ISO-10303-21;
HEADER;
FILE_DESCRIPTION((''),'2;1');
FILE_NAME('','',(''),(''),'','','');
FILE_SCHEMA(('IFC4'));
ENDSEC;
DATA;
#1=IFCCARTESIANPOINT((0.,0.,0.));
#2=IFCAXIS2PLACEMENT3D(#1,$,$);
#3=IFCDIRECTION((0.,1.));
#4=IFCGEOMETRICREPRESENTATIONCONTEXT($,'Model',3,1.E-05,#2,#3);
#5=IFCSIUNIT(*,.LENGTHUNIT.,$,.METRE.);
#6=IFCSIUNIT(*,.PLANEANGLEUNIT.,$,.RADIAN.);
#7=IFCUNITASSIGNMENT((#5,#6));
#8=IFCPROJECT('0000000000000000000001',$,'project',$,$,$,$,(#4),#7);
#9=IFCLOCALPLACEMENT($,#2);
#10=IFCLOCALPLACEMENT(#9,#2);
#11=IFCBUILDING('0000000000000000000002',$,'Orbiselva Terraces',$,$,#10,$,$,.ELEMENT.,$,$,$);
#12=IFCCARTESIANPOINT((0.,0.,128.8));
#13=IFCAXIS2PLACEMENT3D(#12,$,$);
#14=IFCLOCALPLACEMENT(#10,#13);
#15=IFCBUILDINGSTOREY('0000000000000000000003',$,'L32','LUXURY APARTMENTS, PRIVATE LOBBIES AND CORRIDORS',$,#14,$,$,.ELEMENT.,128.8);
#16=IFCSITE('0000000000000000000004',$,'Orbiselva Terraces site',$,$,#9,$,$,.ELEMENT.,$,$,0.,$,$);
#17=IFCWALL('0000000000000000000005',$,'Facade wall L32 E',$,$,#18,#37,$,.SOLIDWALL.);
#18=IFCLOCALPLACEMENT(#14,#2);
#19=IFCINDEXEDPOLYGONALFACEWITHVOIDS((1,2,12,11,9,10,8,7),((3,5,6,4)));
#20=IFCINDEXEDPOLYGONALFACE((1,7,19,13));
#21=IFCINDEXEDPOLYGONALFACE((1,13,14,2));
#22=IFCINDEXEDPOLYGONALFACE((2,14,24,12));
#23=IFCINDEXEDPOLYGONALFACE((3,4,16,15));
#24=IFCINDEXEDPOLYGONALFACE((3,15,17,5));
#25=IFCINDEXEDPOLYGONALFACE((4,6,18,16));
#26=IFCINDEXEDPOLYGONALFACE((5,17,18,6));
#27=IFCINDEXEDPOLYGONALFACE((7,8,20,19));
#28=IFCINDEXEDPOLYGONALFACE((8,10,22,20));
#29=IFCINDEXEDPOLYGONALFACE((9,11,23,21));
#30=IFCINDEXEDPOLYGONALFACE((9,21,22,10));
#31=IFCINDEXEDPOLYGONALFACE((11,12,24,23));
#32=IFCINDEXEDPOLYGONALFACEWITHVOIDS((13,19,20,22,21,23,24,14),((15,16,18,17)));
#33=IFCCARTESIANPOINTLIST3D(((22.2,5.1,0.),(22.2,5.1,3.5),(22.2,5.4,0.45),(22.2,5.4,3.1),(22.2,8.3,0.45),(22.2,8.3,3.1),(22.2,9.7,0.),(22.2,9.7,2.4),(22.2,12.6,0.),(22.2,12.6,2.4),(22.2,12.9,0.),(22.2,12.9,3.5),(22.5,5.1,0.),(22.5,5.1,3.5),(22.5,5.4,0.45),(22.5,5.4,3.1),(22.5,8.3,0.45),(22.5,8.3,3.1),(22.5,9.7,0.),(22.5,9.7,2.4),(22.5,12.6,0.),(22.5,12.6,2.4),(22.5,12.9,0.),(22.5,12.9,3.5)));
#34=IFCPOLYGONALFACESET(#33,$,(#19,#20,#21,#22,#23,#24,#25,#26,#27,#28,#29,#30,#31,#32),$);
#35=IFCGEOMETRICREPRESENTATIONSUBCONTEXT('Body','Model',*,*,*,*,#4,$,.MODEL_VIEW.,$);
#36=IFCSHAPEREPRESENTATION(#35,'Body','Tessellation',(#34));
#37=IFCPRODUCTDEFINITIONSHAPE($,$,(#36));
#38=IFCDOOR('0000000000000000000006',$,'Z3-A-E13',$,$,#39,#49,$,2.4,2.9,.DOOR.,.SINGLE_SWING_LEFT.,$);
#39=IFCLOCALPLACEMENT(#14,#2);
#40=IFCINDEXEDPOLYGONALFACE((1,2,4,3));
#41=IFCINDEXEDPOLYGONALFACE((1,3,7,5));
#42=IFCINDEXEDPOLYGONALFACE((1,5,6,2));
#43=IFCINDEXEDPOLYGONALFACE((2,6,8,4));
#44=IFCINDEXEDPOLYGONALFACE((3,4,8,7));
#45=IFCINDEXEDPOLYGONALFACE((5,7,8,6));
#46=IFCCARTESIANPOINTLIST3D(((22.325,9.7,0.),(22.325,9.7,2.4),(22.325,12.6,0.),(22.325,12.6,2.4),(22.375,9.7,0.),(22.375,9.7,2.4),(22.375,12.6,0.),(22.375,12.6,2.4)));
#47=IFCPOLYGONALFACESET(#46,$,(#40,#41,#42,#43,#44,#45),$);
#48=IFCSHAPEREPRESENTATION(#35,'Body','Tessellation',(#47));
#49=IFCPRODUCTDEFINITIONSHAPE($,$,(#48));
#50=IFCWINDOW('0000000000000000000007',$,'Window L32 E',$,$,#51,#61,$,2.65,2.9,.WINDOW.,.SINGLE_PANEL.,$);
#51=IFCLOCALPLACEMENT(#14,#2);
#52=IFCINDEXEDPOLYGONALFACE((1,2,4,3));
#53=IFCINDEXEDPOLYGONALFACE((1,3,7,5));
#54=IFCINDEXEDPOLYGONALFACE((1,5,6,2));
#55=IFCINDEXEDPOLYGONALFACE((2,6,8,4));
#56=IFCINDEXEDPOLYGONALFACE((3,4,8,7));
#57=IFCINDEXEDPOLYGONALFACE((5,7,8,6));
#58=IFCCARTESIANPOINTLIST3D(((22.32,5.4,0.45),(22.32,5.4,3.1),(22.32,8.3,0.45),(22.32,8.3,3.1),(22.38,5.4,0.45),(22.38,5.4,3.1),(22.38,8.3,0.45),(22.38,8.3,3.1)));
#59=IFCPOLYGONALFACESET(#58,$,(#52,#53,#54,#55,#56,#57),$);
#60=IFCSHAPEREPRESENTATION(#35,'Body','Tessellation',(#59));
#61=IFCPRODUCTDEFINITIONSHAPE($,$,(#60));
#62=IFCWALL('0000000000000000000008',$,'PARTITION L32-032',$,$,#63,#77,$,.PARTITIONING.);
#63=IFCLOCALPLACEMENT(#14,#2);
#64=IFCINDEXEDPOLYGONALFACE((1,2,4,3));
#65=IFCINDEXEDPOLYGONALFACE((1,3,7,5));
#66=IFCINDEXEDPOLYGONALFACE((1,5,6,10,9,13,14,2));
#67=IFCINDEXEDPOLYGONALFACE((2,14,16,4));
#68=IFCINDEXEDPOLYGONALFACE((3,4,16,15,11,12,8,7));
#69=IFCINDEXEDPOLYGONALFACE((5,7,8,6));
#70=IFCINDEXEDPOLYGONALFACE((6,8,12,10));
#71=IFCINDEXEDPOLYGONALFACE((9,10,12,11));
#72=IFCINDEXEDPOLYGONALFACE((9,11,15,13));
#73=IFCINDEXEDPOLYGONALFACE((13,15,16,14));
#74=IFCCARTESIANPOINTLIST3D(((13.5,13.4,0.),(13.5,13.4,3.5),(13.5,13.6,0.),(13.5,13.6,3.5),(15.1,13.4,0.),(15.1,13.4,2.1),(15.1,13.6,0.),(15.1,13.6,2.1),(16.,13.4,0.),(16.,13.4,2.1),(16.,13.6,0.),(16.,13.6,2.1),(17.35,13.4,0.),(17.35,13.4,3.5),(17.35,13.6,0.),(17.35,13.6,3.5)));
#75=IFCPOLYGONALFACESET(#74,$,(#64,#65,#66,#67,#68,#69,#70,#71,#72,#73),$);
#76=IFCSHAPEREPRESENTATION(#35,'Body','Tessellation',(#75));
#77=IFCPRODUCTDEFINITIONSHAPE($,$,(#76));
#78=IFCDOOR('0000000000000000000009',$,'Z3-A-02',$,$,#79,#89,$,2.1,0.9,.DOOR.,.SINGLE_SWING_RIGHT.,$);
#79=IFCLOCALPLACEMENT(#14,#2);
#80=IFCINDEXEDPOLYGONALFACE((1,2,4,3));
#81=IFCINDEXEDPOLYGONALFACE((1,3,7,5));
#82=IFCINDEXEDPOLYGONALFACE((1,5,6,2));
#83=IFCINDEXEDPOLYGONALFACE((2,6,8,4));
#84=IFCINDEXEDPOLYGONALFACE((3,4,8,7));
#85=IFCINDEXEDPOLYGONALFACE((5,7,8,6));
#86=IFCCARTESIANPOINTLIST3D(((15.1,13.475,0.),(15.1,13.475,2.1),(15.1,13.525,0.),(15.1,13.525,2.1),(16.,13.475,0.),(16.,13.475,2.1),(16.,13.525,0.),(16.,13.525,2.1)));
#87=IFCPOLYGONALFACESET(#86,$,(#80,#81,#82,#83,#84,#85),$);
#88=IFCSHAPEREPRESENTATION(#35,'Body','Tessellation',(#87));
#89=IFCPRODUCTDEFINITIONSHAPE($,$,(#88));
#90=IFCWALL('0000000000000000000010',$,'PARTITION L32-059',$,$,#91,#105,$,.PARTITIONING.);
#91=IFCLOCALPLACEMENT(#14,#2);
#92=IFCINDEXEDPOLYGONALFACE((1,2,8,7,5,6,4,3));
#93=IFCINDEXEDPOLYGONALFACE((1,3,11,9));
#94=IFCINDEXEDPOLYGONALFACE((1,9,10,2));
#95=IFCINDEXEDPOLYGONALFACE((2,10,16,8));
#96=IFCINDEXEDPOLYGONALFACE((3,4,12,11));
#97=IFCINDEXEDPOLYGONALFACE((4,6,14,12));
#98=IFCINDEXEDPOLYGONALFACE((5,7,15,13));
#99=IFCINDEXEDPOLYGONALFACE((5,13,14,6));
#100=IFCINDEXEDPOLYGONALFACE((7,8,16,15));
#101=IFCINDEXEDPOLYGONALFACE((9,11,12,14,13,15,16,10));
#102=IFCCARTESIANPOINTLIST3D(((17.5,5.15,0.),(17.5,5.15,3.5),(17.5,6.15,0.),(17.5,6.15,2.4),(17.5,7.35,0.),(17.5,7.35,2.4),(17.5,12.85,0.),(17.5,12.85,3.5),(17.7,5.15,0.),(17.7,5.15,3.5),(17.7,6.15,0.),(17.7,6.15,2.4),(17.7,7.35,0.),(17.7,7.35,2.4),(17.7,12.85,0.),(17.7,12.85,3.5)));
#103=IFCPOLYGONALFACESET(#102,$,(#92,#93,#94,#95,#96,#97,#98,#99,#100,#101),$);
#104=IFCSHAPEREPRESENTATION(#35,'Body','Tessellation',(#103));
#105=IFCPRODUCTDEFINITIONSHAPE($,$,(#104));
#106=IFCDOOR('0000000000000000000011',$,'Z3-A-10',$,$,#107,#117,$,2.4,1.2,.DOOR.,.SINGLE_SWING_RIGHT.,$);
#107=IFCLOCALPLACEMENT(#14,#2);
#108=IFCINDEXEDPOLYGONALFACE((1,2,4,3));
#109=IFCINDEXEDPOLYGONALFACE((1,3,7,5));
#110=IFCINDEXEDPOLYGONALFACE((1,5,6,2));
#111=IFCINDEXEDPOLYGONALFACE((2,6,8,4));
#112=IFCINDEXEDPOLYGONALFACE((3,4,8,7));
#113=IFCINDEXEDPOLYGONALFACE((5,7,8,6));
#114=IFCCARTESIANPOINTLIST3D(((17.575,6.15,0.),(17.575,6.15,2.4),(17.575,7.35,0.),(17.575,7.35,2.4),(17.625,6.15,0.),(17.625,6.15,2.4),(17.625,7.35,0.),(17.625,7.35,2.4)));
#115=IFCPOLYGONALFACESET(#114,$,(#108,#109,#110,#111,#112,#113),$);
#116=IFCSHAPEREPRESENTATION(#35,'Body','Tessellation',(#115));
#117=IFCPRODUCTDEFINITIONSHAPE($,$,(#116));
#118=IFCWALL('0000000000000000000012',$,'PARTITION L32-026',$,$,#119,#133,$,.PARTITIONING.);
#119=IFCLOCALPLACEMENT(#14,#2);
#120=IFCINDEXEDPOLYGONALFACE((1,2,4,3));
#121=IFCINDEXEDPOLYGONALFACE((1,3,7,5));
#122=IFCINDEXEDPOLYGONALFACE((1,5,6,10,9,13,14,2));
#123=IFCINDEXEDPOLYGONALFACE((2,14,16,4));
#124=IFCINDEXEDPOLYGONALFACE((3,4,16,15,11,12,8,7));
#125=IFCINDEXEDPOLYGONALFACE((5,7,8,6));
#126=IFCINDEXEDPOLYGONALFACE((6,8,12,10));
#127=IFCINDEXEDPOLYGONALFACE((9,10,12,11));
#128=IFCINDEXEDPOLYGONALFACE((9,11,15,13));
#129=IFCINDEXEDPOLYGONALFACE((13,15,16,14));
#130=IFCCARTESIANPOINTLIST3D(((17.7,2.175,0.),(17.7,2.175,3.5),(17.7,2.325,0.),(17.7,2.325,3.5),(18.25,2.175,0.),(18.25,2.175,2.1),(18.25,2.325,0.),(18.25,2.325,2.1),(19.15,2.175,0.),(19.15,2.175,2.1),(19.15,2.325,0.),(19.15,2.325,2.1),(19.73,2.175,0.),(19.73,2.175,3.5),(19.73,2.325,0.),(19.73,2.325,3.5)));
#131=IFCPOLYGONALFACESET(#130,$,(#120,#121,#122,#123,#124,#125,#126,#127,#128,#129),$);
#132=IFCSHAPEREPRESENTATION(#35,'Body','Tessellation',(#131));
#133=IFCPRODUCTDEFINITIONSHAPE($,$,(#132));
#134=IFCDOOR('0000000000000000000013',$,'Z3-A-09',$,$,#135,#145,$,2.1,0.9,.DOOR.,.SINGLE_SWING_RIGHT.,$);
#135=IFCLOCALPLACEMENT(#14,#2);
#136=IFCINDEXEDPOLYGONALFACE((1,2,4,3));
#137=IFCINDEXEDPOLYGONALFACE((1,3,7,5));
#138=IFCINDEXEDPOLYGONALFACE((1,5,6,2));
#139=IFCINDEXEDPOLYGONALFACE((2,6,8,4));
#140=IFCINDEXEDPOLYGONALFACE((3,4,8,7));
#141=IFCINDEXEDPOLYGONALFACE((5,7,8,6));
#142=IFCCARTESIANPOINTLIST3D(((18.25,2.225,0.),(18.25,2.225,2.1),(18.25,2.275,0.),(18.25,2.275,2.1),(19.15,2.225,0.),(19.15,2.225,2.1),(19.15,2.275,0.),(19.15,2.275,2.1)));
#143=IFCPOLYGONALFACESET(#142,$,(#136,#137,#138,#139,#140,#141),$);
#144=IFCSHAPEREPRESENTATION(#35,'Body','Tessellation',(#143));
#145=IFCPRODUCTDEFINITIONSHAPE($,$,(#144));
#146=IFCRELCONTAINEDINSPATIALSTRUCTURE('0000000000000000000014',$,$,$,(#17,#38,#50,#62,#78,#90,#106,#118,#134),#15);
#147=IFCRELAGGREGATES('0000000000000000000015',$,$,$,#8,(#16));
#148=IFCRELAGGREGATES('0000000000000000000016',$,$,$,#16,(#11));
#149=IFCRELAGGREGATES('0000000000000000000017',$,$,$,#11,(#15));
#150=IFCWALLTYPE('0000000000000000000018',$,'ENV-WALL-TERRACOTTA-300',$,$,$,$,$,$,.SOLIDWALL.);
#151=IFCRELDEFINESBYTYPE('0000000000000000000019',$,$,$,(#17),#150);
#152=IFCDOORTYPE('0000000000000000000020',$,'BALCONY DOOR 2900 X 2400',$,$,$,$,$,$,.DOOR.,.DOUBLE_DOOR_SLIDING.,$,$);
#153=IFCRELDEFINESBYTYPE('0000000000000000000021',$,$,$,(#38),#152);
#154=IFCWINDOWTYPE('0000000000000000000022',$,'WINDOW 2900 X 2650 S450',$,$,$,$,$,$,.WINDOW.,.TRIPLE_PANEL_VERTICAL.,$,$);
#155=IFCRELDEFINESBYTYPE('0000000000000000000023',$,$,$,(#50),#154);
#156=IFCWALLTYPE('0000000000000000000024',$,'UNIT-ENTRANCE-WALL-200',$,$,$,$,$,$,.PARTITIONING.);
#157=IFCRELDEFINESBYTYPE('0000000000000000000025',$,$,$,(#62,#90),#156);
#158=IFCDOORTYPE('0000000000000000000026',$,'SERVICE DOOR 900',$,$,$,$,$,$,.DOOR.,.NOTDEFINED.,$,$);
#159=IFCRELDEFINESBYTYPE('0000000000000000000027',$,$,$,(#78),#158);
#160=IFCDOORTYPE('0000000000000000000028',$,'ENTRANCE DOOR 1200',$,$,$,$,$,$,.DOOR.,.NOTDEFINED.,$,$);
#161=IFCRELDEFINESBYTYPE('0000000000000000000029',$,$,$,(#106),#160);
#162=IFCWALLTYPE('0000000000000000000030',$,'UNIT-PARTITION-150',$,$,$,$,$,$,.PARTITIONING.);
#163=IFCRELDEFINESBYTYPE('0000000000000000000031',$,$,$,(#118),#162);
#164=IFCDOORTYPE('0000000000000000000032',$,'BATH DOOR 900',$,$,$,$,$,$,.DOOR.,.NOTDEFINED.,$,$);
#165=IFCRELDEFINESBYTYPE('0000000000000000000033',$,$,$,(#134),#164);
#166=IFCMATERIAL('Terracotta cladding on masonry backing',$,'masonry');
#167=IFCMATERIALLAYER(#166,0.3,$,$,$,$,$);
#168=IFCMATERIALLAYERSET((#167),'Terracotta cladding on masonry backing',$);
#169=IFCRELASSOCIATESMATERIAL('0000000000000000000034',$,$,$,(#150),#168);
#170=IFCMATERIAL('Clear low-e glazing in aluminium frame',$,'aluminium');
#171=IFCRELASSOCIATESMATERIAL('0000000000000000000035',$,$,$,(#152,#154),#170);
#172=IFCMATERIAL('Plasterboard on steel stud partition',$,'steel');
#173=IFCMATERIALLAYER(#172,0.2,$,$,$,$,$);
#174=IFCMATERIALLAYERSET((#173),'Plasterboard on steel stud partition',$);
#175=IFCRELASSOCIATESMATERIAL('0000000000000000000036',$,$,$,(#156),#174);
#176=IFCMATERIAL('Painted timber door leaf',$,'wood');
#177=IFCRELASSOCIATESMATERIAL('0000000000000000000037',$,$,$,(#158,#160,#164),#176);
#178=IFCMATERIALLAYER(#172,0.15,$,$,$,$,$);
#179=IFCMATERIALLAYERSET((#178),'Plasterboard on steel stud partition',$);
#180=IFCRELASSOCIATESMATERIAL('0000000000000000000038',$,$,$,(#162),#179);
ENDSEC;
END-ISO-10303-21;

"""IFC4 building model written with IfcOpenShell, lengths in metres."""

from ifc_helpers import new_model, si_unit, direction, frame, frame_2d, origin, place, context, subcontext, project, spatial, rectangle, extrude, material, layer, layer_set, type_object, element, fill, save


model = new_model("IFC4")

# Units and contexts
model_context = context("Model", 3, precision=1e-05, world=origin(), true_north=direction((0.0, 1.0)))
body_context = subcontext(model_context, "Body", "Model", "MODEL_VIEW")
ifc_project = project(units=[si_unit("LENGTHUNIT", "METRE"), si_unit("PLANEANGLEUNIT", "RADIAN")], contexts=[model_context])

# Site, building, storey
site_placement = place(None, origin())
site = spatial("IfcSite", under=ifc_project, at=site_placement, Name="Orbiselva Terraces site", CompositionType="ELEMENT", RefElevation=0.0)
building_placement = place(site_placement, origin())
building = spatial("IfcBuilding", under=site, at=building_placement, Name="Orbiselva Terraces", CompositionType="ELEMENT")
storey_placement = place(building_placement, frame((0.0, 0.0, 128.8)))
storey = spatial("IfcBuildingStorey", under=building, at=storey_placement, Name="L32", Description="LUXURY APARTMENTS, PRIVATE LOBBIES AND CORRIDORS", CompositionType="ELEMENT", Elevation=128.8)

# Wall, openings, door, window
ifc_material_1 = material(Name="Terracotta cladding on masonry backing", Category="masonry")
ifc_layer_1 = layer(ifc_material_1, 0.3)
ifc_layer_set_1 = layer_set([ifc_layer_1], Name="Terracotta cladding on masonry backing")
wall_type_1 = type_object("IfcWallType", Name="ENV-WALL-TERRACOTTA-300", PredefinedType="SOLIDWALL", material=ifc_layer_set_1)
ifc_material_2 = material(Name="Clear low-e glazing in aluminium frame", Category="aluminium")
door_type_1 = type_object("IfcDoorType", Name="BALCONY DOOR 2900 X 2400", OperationType="DOUBLE_DOOR_SLIDING", PredefinedType="DOOR", material=ifc_material_2)
window_type = type_object("IfcWindowType", Name="WINDOW 2900 X 2650 S450", PartitioningType="TRIPLE_PANEL_VERTICAL", PredefinedType="WINDOW", material=ifc_material_2)
wall_1_placement = place(storey_placement, frame((22.35, 12.9, 0.0), z_axis=(0.0, 0.0, 1.0), x_axis=(0.0, -1.0, 0.0)))
wall_1 = element("IfcWall", 1, at=wall_1_placement, inside=storey, type_object=wall_type_1, Name="Facade wall L32 E", PredefinedType="SOLIDWALL", context=body_context, shape_type="SweptSolid", body=[
    extrude(rectangle(XDim=7.8, YDim=0.3, at=frame_2d((3.9, 0.0))), origin(), (0.0, 0.0, 1.0), 3.5),
])
opening_1_placement = place(wall_1_placement, frame((4.6, 0.0, 0.45)))
opening_1 = element("IfcOpeningElement", 2, at=opening_1_placement, cuts=wall_1, PredefinedType="OPENING", context=body_context, shape_type="SweptSolid", body=[
    extrude(rectangle(XDim=2.9, YDim=2.65, at=frame_2d((1.45, 1.325))), frame((0.0, 0.16, 0.0), z_axis=(0.0, -1.0, 0.0), x_axis=(1.0, 0.0, 0.0)), (0.0, 0.0, 1.0), 0.32),
])
opening_2_placement = place(wall_1_placement, frame((0.3, 0.0, 0.0)))
opening_2 = element("IfcOpeningElement", 3, at=opening_2_placement, cuts=wall_1, PredefinedType="OPENING", context=body_context, shape_type="SweptSolid", body=[
    extrude(rectangle(XDim=2.9, YDim=2.4, at=frame_2d((1.45, 1.2))), frame((0.0, 0.16, 0.0), z_axis=(0.0, -1.0, 0.0), x_axis=(1.0, 0.0, 0.0)), (0.0, 0.0, 1.0), 0.32),
])
door_1_placement = place(opening_2_placement, origin())
door_1 = element("IfcDoor", 4, at=door_1_placement, inside=storey, type_object=door_type_1, Name="Z3-A-E13", OperationType="SINGLE_SWING_LEFT", OverallHeight=2.4, OverallWidth=2.9, PredefinedType="DOOR", context=body_context, shape_type="SweptSolid", body=[
    extrude(rectangle(XDim=2.9, YDim=2.4, at=frame_2d((1.45, 1.2))), frame((0.0, 0.025, 0.0), z_axis=(0.0, -1.0, 0.0), x_axis=(1.0, 0.0, 0.0)), (0.0, 0.0, 1.0), 0.05),
])
fill(opening_2, door_1)
window_1_placement = place(opening_1_placement, origin())
window_1 = element("IfcWindow", 5, at=window_1_placement, inside=storey, type_object=window_type, Name="Window L32 E", OverallHeight=2.65, OverallWidth=2.9, PartitioningType="SINGLE_PANEL", PredefinedType="WINDOW", context=body_context, shape_type="SweptSolid", body=[
    extrude(rectangle(XDim=2.9, YDim=2.65, at=frame_2d((1.45, 1.325))), frame((0.0, 0.03, 0.0), z_axis=(0.0, -1.0, 0.0), x_axis=(1.0, 0.0, 0.0)), (0.0, 0.0, 1.0), 0.06),
])
fill(opening_1, window_1)

# Walls, openings, doors
ifc_material_3 = material(Name="Plasterboard on steel stud partition", Category="steel")
ifc_layer_2 = layer(ifc_material_3, 0.2)
ifc_layer_set_2 = layer_set([ifc_layer_2], Name="Plasterboard on steel stud partition")
wall_type_2 = type_object("IfcWallType", Name="UNIT-ENTRANCE-WALL-200", PredefinedType="PARTITIONING", material=ifc_layer_set_2)
wall_2_placement = place(storey_placement, frame((13.5, 13.5, 0.0), z_axis=(0.0, 0.0, 1.0), x_axis=(1.0, 0.0, 0.0)))
wall_2 = element("IfcWall", 6, at=wall_2_placement, inside=storey, type_object=wall_type_2, Name="PARTITION L32-032", PredefinedType="PARTITIONING", context=body_context, shape_type="SweptSolid", body=[
    extrude(rectangle(XDim=3.85, YDim=0.2, at=frame_2d((1.925, 0.0))), origin(), (0.0, 0.0, 1.0), 3.5),
])
opening_3_placement = place(wall_2_placement, frame((1.6, 0.0, 0.0)))
opening_3 = element("IfcOpeningElement", 7, at=opening_3_placement, cuts=wall_2, PredefinedType="OPENING", context=body_context, shape_type="SweptSolid", body=[
    extrude(rectangle(XDim=0.9, YDim=2.1, at=frame_2d((0.45, 1.05))), frame((0.0, 0.11, 0.0), z_axis=(0.0, -1.0, 0.0), x_axis=(1.0, 0.0, 0.0)), (0.0, 0.0, 1.0), 0.22),
])
ifc_material_4 = material(Name="Painted timber door leaf", Category="wood")
door_type_2 = type_object("IfcDoorType", Name="SERVICE DOOR 900", OperationType="NOTDEFINED", PredefinedType="DOOR", material=ifc_material_4)
door_2_placement = place(opening_3_placement, origin())
door_2 = element("IfcDoor", 8, at=door_2_placement, inside=storey, type_object=door_type_2, Name="Z3-A-02", OperationType="SINGLE_SWING_RIGHT", OverallHeight=2.1, OverallWidth=0.9, PredefinedType="DOOR", context=body_context, shape_type="SweptSolid", body=[
    extrude(rectangle(XDim=0.9, YDim=2.1, at=frame_2d((0.45, 1.05))), frame((0.0, 0.025, 0.0), z_axis=(0.0, -1.0, 0.0), x_axis=(1.0, 0.0, 0.0)), (0.0, 0.0, 1.0), 0.05),
])
fill(opening_3, door_2)
wall_3_placement = place(storey_placement, frame((17.6, 12.85, 0.0), z_axis=(0.0, 0.0, 1.0), x_axis=(0.0, -1.0, 0.0)))
wall_3 = element("IfcWall", 9, at=wall_3_placement, inside=storey, type_object=wall_type_2, Name="PARTITION L32-059", PredefinedType="PARTITIONING", context=body_context, shape_type="SweptSolid", body=[
    extrude(rectangle(XDim=7.7, YDim=0.2, at=frame_2d((3.85, 0.0))), origin(), (0.0, 0.0, 1.0), 3.5),
])
opening_4_placement = place(wall_3_placement, frame((5.5, 0.0, 0.0)))
opening_4 = element("IfcOpeningElement", 10, at=opening_4_placement, cuts=wall_3, PredefinedType="OPENING", context=body_context, shape_type="SweptSolid", body=[
    extrude(rectangle(XDim=1.2, YDim=2.4, at=frame_2d((0.6, 1.2))), frame((0.0, 0.11, 0.0), z_axis=(0.0, -1.0, 0.0), x_axis=(1.0, 0.0, 0.0)), (0.0, 0.0, 1.0), 0.22),
])
door_type_3 = type_object("IfcDoorType", Name="ENTRANCE DOOR 1200", OperationType="NOTDEFINED", PredefinedType="DOOR", material=ifc_material_4)
door_3_placement = place(opening_4_placement, origin())
door_3 = element("IfcDoor", 11, at=door_3_placement, inside=storey, type_object=door_type_3, Name="Z3-A-10", OperationType="SINGLE_SWING_RIGHT", OverallHeight=2.4, OverallWidth=1.2, PredefinedType="DOOR", context=body_context, shape_type="SweptSolid", body=[
    extrude(rectangle(XDim=1.2, YDim=2.4, at=frame_2d((0.6, 1.2))), frame((0.0, 0.025, 0.0), z_axis=(0.0, -1.0, 0.0), x_axis=(1.0, 0.0, 0.0)), (0.0, 0.0, 1.0), 0.05),
])
fill(opening_4, door_3)
ifc_layer_3 = layer(ifc_material_3, 0.15)
ifc_layer_set_3 = layer_set([ifc_layer_3], Name="Plasterboard on steel stud partition")
wall_type_3 = type_object("IfcWallType", Name="UNIT-PARTITION-150", PredefinedType="PARTITIONING", material=ifc_layer_set_3)
wall_4_placement = place(storey_placement, frame((19.73, 2.25, 0.0), z_axis=(0.0, 0.0, 1.0), x_axis=(-1.0, 0.0, 0.0)))
wall_4 = element("IfcWall", 12, at=wall_4_placement, inside=storey, type_object=wall_type_3, Name="PARTITION L32-026", PredefinedType="PARTITIONING", context=body_context, shape_type="SweptSolid", body=[
    extrude(rectangle(XDim=2.03, YDim=0.15, at=frame_2d((1.015, 0.0))), origin(), (0.0, 0.0, 1.0), 3.5),
])
opening_5_placement = place(wall_4_placement, frame((0.58, 0.0, 0.0)))
opening_5 = element("IfcOpeningElement", 13, at=opening_5_placement, cuts=wall_4, PredefinedType="OPENING", context=body_context, shape_type="SweptSolid", body=[
    extrude(rectangle(XDim=0.9, YDim=2.1, at=frame_2d((0.45, 1.05))), frame((0.0, 0.085, 0.0), z_axis=(0.0, -1.0, 0.0), x_axis=(1.0, 0.0, 0.0)), (0.0, 0.0, 1.0), 0.17),
])
door_type_4 = type_object("IfcDoorType", Name="BATH DOOR 900", OperationType="NOTDEFINED", PredefinedType="DOOR", material=ifc_material_4)
door_4_placement = place(opening_5_placement, origin())
door_4 = element("IfcDoor", 14, at=door_4_placement, inside=storey, type_object=door_type_4, Name="Z3-A-09", OperationType="SINGLE_SWING_RIGHT", OverallHeight=2.1, OverallWidth=0.9, PredefinedType="DOOR", context=body_context, shape_type="SweptSolid", body=[
    extrude(rectangle(XDim=0.9, YDim=2.1, at=frame_2d((0.45, 1.05))), frame((0.0, 0.025, 0.0), z_axis=(0.0, -1.0, 0.0), x_axis=(1.0, 0.0, 0.0)), (0.0, 0.0, 1.0), 0.05),
])
fill(opening_5, door_4)

save(model, "model.ifc")
